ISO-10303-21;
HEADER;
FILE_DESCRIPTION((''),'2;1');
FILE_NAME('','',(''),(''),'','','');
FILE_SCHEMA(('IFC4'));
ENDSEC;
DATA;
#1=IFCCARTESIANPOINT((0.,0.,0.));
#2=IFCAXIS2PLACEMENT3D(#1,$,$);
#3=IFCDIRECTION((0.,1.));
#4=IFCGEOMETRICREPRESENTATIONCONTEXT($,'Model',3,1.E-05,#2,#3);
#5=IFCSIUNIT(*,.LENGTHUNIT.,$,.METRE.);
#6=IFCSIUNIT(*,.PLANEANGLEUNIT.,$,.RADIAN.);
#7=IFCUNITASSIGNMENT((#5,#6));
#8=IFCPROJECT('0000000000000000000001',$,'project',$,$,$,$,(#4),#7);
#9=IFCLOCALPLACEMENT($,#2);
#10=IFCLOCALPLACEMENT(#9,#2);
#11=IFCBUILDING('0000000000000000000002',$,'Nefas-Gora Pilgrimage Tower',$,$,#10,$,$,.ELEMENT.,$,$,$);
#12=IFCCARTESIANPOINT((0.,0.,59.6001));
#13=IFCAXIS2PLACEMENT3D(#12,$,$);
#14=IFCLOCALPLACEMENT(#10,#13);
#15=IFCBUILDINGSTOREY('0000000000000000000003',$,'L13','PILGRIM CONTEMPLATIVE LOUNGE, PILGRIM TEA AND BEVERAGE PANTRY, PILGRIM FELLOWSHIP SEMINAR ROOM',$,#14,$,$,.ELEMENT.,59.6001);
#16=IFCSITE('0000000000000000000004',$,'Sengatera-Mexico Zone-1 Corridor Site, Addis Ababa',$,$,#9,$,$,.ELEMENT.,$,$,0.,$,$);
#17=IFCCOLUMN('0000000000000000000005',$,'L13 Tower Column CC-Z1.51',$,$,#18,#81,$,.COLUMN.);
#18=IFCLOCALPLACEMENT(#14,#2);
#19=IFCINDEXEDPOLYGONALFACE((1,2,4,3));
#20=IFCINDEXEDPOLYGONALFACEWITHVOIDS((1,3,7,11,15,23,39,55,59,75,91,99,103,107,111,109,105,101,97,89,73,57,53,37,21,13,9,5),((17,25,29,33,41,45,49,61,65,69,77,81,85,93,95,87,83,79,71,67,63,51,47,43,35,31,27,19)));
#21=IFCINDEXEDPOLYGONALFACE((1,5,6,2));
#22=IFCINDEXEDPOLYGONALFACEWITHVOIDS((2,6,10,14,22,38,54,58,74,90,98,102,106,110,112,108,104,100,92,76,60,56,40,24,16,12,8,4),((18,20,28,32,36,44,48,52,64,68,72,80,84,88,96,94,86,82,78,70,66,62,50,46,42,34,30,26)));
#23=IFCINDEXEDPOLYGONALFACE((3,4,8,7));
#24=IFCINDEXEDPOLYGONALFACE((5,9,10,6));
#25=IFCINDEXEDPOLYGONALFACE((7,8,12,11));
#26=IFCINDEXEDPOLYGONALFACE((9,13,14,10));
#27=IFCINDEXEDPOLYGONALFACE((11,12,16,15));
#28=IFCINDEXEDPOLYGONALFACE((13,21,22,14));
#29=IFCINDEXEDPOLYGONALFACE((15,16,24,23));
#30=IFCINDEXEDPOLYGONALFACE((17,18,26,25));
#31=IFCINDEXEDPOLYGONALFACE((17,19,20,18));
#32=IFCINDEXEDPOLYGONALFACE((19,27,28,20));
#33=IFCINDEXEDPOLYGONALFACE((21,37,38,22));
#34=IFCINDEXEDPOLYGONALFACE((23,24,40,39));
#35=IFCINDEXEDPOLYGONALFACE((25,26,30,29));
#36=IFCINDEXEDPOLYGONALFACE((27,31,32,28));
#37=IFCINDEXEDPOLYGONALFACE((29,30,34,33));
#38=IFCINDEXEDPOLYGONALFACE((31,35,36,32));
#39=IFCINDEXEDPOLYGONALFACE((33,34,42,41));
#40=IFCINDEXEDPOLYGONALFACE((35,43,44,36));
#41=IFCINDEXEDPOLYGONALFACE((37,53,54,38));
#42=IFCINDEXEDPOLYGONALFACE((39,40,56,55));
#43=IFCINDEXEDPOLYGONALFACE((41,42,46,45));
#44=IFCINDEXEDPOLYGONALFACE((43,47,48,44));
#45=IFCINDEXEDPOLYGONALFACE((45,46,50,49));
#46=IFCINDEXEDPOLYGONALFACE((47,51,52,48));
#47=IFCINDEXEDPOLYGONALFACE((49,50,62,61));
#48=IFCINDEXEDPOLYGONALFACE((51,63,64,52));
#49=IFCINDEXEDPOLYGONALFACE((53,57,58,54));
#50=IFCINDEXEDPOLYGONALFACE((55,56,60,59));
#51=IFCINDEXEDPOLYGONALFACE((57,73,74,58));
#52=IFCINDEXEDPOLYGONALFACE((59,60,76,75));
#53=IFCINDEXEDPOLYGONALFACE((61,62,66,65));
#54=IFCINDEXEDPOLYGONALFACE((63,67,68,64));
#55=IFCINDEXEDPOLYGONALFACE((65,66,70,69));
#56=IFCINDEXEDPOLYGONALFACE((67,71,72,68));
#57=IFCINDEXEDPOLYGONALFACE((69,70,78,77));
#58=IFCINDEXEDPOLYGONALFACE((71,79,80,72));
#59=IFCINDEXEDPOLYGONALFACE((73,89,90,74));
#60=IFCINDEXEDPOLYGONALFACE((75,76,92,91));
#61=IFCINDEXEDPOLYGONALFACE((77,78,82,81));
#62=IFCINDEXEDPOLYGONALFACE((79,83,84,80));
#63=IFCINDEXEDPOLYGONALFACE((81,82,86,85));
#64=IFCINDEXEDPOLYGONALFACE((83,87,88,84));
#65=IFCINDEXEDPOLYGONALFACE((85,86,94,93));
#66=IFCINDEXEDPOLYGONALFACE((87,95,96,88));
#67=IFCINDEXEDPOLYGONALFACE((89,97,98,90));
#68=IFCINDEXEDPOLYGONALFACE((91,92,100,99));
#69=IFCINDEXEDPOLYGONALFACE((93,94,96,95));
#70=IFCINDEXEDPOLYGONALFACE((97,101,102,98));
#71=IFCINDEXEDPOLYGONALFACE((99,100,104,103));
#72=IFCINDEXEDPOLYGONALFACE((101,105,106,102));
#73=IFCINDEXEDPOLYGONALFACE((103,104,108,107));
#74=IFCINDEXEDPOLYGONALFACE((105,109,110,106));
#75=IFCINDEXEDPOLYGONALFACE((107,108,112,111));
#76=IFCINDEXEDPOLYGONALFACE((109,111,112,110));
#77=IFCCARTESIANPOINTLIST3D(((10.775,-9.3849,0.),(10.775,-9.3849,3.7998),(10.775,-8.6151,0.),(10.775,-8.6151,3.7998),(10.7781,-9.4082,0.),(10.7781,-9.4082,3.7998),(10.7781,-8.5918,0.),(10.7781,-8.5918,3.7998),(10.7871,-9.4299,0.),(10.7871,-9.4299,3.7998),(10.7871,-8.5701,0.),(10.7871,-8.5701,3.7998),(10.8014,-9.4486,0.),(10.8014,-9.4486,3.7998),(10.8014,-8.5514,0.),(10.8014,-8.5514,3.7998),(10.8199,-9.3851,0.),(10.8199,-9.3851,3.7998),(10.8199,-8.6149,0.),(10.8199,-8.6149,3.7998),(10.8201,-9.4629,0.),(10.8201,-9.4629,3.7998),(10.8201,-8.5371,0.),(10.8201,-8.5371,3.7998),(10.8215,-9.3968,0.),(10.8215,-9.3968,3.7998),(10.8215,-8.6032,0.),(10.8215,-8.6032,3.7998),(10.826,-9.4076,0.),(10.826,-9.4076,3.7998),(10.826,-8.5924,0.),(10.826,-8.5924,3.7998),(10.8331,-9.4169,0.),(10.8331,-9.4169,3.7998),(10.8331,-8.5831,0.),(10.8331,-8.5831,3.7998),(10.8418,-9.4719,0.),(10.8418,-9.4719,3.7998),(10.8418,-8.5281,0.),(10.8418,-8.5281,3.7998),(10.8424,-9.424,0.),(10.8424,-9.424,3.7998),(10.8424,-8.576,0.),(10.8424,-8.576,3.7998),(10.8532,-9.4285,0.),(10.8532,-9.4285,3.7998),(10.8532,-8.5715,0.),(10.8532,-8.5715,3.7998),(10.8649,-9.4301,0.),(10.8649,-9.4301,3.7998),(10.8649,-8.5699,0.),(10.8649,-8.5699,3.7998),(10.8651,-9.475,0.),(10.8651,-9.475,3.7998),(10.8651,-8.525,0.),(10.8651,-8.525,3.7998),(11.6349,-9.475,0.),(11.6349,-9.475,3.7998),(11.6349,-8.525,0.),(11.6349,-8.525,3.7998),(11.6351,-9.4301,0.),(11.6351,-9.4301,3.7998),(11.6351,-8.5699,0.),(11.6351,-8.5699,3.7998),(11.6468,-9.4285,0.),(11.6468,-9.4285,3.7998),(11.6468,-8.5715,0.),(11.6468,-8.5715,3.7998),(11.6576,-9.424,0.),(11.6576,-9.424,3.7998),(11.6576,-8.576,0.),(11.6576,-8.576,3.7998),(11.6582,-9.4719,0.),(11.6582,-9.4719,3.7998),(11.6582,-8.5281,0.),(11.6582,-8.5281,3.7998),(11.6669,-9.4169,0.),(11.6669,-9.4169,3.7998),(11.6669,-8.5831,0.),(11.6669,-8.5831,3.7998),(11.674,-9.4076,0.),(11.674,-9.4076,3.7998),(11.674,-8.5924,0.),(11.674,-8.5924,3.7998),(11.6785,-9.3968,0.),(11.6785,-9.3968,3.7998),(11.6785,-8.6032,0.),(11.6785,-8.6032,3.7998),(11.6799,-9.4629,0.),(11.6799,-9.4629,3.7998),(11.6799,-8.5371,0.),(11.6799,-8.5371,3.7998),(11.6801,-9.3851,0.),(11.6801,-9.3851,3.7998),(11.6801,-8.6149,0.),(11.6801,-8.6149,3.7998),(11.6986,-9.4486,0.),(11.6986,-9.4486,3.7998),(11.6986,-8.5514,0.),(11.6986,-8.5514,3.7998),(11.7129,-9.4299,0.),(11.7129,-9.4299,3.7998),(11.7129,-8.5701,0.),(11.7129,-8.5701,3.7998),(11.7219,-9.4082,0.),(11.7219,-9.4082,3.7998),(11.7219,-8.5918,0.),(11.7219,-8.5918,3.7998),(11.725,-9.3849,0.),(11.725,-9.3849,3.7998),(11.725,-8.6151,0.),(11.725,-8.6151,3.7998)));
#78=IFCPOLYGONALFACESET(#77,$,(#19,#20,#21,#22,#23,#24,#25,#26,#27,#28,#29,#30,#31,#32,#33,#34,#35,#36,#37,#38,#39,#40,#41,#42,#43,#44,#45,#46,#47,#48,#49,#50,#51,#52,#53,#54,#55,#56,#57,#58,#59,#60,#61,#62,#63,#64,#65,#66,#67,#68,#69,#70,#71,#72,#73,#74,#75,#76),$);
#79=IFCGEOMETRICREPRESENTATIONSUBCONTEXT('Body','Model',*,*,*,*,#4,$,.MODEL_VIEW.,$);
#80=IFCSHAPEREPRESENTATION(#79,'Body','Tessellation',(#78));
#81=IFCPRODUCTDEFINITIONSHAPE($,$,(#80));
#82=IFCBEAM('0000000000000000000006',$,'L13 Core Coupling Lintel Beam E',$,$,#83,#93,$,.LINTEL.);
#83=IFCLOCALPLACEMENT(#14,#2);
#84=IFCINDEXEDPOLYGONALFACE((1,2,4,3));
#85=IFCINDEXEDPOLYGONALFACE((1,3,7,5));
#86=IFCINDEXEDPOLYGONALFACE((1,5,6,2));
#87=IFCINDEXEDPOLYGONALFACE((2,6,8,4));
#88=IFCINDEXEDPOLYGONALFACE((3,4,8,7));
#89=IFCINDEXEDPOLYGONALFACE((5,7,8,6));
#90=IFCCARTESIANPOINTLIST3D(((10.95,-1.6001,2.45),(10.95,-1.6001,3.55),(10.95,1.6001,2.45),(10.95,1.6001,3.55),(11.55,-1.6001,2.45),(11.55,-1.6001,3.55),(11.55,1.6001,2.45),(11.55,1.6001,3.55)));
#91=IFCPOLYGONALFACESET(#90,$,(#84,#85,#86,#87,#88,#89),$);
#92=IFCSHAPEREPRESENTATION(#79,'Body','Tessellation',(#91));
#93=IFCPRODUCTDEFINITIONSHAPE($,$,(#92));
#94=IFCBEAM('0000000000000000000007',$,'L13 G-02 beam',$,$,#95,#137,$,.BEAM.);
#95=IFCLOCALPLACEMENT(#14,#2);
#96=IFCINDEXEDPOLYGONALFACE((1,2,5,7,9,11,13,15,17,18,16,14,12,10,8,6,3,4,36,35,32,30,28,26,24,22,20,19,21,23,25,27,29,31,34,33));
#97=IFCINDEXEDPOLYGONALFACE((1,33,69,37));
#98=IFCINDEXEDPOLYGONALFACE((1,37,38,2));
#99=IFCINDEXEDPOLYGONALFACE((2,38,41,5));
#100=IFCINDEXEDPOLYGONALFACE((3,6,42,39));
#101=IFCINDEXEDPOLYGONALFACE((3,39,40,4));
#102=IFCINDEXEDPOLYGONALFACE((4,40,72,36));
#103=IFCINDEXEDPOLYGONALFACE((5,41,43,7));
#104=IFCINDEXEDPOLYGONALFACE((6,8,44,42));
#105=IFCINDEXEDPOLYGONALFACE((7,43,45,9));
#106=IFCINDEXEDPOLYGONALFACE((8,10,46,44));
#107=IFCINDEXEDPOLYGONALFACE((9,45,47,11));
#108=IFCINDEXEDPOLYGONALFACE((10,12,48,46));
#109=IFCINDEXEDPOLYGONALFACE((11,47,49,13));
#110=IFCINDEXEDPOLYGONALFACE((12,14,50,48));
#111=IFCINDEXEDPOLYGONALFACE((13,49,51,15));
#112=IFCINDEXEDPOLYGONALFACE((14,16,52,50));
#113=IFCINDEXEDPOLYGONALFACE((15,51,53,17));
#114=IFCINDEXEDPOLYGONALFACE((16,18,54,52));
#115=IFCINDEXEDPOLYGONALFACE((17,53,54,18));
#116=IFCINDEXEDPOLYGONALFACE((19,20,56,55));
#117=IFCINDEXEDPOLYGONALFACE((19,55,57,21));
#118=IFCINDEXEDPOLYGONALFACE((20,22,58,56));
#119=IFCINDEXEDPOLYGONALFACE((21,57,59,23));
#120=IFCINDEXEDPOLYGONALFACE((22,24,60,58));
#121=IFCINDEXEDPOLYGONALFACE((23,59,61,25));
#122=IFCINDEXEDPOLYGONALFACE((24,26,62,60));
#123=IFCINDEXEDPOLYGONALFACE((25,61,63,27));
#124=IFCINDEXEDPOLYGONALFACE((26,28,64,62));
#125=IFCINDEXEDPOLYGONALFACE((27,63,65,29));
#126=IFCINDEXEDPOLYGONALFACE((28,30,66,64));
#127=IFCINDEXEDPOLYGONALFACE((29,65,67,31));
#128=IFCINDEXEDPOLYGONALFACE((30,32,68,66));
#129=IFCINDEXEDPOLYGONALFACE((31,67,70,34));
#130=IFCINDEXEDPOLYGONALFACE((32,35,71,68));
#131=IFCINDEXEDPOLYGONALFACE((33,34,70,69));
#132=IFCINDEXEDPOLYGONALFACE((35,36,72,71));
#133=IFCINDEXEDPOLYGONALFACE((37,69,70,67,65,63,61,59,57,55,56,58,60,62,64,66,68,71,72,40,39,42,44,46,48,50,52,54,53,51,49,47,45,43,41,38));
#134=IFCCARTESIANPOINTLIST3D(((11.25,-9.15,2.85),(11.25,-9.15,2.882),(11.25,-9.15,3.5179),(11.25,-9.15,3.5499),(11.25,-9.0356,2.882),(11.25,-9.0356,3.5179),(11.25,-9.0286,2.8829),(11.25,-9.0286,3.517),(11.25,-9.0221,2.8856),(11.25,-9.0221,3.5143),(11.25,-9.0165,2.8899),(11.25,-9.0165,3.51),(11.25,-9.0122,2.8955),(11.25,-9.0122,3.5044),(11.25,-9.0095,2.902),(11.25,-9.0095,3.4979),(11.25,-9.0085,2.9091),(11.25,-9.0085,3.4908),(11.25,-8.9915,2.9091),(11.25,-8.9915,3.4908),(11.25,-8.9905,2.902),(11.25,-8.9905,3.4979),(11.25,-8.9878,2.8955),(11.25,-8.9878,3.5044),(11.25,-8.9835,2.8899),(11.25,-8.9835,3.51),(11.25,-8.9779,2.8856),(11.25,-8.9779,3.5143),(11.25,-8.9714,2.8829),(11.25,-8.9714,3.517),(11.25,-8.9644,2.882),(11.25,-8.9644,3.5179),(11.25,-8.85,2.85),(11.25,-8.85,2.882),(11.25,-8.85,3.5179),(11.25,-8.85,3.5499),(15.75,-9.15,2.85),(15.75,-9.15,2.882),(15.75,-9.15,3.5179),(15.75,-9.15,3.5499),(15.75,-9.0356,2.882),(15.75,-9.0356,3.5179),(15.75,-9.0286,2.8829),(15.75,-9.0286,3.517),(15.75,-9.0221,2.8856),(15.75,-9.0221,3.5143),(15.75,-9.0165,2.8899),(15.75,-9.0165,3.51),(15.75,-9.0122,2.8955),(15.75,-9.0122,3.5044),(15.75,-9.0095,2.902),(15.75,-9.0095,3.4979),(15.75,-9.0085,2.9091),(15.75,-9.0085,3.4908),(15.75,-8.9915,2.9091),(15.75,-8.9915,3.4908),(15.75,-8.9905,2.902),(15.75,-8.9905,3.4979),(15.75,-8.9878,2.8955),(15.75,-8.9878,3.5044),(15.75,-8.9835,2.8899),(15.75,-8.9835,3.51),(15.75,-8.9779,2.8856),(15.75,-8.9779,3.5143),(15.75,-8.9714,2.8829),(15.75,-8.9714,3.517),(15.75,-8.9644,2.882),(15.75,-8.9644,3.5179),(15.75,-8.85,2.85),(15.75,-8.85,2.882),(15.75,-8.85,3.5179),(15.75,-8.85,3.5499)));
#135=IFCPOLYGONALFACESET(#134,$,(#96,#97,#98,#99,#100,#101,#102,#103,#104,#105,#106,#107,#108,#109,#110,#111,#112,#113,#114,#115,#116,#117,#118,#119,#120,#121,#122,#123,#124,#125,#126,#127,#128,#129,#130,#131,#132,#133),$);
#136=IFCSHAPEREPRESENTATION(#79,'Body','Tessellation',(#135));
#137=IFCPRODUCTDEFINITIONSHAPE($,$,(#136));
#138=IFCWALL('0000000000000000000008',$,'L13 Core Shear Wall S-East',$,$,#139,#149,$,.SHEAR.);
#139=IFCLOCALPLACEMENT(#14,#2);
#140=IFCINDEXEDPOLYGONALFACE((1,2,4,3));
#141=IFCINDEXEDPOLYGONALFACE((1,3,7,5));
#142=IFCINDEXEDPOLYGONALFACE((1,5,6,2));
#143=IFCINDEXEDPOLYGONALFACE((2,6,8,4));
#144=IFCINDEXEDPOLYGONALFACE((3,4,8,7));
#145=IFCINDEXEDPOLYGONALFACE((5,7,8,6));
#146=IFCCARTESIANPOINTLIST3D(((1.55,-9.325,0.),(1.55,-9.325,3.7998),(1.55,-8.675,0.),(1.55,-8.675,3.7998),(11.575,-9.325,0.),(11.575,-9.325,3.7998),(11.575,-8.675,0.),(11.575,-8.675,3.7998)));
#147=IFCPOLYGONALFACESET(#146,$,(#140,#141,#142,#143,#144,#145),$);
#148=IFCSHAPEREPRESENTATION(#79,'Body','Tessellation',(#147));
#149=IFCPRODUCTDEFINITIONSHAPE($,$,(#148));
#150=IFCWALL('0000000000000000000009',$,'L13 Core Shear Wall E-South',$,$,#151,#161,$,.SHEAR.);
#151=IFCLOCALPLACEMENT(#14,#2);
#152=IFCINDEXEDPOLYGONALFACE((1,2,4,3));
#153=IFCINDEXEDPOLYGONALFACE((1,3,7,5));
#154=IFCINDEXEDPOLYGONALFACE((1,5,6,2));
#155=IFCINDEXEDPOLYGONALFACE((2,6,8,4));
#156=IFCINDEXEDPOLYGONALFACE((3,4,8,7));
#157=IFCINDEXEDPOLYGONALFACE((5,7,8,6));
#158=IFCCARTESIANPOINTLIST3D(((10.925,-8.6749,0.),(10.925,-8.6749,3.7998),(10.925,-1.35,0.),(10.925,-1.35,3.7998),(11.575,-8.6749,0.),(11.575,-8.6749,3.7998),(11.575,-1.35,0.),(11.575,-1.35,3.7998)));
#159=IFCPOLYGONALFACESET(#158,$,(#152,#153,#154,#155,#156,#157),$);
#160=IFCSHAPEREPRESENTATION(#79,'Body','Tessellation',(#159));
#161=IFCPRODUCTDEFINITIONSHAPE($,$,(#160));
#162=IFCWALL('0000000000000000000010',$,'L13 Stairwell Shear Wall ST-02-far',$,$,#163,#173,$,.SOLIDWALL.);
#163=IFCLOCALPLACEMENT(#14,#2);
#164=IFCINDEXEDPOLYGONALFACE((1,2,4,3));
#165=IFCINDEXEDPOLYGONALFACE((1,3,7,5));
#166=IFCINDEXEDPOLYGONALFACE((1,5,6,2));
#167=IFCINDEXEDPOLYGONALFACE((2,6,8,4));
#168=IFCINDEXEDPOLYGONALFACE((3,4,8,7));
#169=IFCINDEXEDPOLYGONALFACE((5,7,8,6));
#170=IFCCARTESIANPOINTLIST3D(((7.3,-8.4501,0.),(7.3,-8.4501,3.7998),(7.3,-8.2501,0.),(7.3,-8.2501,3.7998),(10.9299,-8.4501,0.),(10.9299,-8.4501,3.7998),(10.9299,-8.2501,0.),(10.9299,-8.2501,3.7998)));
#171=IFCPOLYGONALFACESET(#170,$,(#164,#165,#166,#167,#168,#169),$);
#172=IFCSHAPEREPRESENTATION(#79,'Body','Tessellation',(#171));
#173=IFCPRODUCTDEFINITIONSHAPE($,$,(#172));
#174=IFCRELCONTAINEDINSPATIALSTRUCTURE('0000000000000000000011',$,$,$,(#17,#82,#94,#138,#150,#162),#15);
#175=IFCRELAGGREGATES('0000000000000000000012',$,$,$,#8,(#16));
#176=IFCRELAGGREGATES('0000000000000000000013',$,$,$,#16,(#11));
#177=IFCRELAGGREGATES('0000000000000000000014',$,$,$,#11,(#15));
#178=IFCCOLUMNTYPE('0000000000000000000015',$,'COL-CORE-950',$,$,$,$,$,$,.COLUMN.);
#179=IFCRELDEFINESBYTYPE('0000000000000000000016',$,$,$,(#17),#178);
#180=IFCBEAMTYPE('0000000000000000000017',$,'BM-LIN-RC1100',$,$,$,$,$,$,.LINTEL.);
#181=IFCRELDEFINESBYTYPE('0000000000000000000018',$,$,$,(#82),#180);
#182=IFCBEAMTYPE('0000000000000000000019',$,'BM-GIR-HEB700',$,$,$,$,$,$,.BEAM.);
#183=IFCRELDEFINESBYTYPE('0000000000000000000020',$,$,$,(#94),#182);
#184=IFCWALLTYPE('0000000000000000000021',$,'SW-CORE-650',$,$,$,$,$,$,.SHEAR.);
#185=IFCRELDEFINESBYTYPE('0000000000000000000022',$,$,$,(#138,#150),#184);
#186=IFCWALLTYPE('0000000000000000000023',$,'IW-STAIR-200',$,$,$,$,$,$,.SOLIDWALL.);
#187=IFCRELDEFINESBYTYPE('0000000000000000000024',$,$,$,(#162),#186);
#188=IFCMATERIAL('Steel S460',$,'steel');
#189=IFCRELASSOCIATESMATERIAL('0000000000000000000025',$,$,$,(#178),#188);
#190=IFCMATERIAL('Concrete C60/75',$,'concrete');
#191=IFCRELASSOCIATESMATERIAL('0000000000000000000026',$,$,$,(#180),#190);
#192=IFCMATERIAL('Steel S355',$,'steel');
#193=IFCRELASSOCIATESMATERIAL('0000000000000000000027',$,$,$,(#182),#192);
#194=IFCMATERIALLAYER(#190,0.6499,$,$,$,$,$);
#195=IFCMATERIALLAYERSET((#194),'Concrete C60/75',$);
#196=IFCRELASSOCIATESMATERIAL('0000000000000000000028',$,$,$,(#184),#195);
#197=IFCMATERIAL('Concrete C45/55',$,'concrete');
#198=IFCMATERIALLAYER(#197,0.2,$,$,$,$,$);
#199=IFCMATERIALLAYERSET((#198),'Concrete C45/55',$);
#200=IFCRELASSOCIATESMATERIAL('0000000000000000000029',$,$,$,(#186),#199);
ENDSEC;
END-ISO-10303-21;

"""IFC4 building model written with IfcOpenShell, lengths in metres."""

from ifc_helpers import new_model, si_unit, direction, frame, frame_2d, origin, origin_2d, place, context, subcontext, project, spatial, rectangle, hollow_rectangle, i_section, extrude, source, transform, mapped, material, layer, layer_set, material_profile, profile_set, type_object, element, save


model = new_model("IFC4")

# Units and contexts
model_context = context("Model", 3, precision=1e-05, world=origin(), true_north=direction((0.0, 1.0)))
body_context = subcontext(model_context, "Body", "Model", "MODEL_VIEW")
ifc_project = project(units=[si_unit("LENGTHUNIT", "METRE"), si_unit("PLANEANGLEUNIT", "RADIAN")], contexts=[model_context])

# Site, building, storey
site_placement = place(None, origin())
site = spatial("IfcSite", under=ifc_project, at=site_placement, Name="Sengatera-Mexico Zone-1 Corridor Site, Addis Ababa", CompositionType="ELEMENT", RefElevation=0.0)
building_placement = place(site_placement, origin())
building = spatial("IfcBuilding", under=site, at=building_placement, Name="Nefas-Gora Pilgrimage Tower", CompositionType="ELEMENT")
storey_placement = place(building_placement, frame((0.0, 0.0, 59.6001)))
storey = spatial("IfcBuildingStorey", under=building, at=storey_placement, Name="L13", Description="PILGRIM CONTEMPLATIVE LOUNGE, PILGRIM TEA AND BEVERAGE PANTRY, PILGRIM FELLOWSHIP SEMINAR ROOM", CompositionType="ELEMENT", Elevation=59.6001)

# Column
ifc_material_1 = material(Name="Steel S460", Category="steel")
ifc_material_profile_1 = material_profile(ifc_material_1, hollow_rectangle(XDim=0.95, YDim=0.95, WallThickness=0.0449, InnerFilletRadius=0.0449, OuterFilletRadius=0.0901, at=origin_2d()), Name="BOX 950x950x45")
ifc_profile_set_1 = profile_set([ifc_material_profile_1], Name="Steel S460")
column_type = type_object("IfcColumnType", Name="COL-CORE-950", PredefinedType="COLUMN", material=ifc_profile_set_1)
shared_shape_1 = source(origin(), body_context, "Body", "SweptSolid", [
    extrude(hollow_rectangle(XDim=0.95, YDim=0.95, WallThickness=0.0449, InnerFilletRadius=0.0449, OuterFilletRadius=0.0901, at=origin_2d()), origin(), (0.0, 0.0, 1.0), 3.7998),
])
column_placement = place(storey_placement, frame((11.25, -9.0, 0.0), z_axis=(0.0, 0.0, 1.0), x_axis=(1.0, 0.0, 0.0)))
element("IfcColumn", 1, at=column_placement, inside=storey, type_object=column_type, Name="L13 Tower Column CC-Z1.51", PredefinedType="COLUMN", context=body_context, shape_type="MappedRepresentation", body=[
    mapped(shared_shape_1, transform((0.0, 0.0, 0.0), x_axis=(1.0, 0.0, 0.0), y_axis=(0.0, 1.0, 0.0), z_axis=(0.0, 0.0, 1.0), scale=1.0)),
])

# Beams
ifc_material_2 = material(Name="Concrete C60/75", Category="concrete")
ifc_material_profile_2 = material_profile(ifc_material_2, rectangle(XDim=0.6001, YDim=1.1001, at=origin_2d()), Name="RC 600x1100")
ifc_profile_set_2 = profile_set([ifc_material_profile_2], Name="Concrete C60/75")
beam_type_1 = type_object("IfcBeamType", Name="BM-LIN-RC1100", PredefinedType="LINTEL", material=ifc_profile_set_2)
shared_shape_2 = source(origin(), body_context, "Body", "SweptSolid", [
    extrude(rectangle(XDim=0.6001, YDim=1.1001, at=origin_2d()), origin(), (0.0, 0.0, 1.0), 3.2002),
])
beam_1_placement = place(storey_placement, frame((11.25, -1.6001, 3.0), z_axis=(0.0, 1.0, 0.0), x_axis=(-1.0, 0.0, 0.0)))
element("IfcBeam", 2, at=beam_1_placement, inside=storey, type_object=beam_type_1, Name="L13 Core Coupling Lintel Beam E", PredefinedType="LINTEL", context=body_context, shape_type="MappedRepresentation", body=[
    mapped(shared_shape_2, transform((0.0, 0.0, 0.0), x_axis=(1.0, 0.0, 0.0), y_axis=(0.0, 1.0, 0.0), z_axis=(0.0, 0.0, 1.0), scale=1.0)),
])
ifc_material_3 = material(Name="Steel S355", Category="steel")
ifc_material_profile_3 = material_profile(ifc_material_3, i_section(OverallWidth=0.3, OverallDepth=0.7, WebThickness=0.0171, FlangeThickness=0.032, FilletRadius=0.0271, at=origin_2d()), Name="HEB 700")
ifc_profile_set_3 = profile_set([ifc_material_profile_3], Name="Steel S355")
beam_type_2 = type_object("IfcBeamType", Name="BM-GIR-HEB700", PredefinedType="BEAM", material=ifc_profile_set_3)
shared_shape_3 = source(origin(), body_context, "Body", "SweptSolid", [
    extrude(i_section(OverallWidth=0.3, OverallDepth=0.7, WebThickness=0.0171, FlangeThickness=0.032, FilletRadius=0.0271, at=origin_2d()), origin(), (0.0, 0.0, 1.0), 4.5),
])
beam_2_placement = place(storey_placement, frame((11.25, -9.0, 3.2), z_axis=(1.0, 0.0, 0.0), x_axis=(0.0, 1.0, 0.0)))
element("IfcBeam", 3, at=beam_2_placement, inside=storey, type_object=beam_type_2, Name="L13 G-02 beam", PredefinedType="BEAM", context=body_context, shape_type="MappedRepresentation", body=[
    mapped(shared_shape_3, transform((0.0, 0.0, 0.0), x_axis=(1.0, 0.0, 0.0), y_axis=(0.0, 1.0, 0.0), z_axis=(0.0, 0.0, 1.0), scale=1.0)),
])

# Walls
ifc_layer_1 = layer(ifc_material_2, 0.6499)
ifc_layer_set_1 = layer_set([ifc_layer_1], Name="Concrete C60/75")
wall_type_1 = type_object("IfcWallType", Name="SW-CORE-650", PredefinedType="SHEAR", material=ifc_layer_set_1)
shared_shape_4 = source(origin(), body_context, "Body", "SweptSolid", [
    extrude(rectangle(XDim=10.0249, YDim=0.6499, at=frame_2d((5.0125, 0.0))), origin(), (0.0, 0.0, 1.0), 3.7998),
])
wall_1_placement = place(storey_placement, frame((1.55, -9.0, 0.0), z_axis=(0.0, 0.0, 1.0), x_axis=(1.0, 0.0, 0.0)))
element("IfcWall", 4, at=wall_1_placement, inside=storey, type_object=wall_type_1, Name="L13 Core Shear Wall S-East", PredefinedType="SHEAR", context=body_context, shape_type="MappedRepresentation", body=[
    mapped(shared_shape_4, transform((0.0, 0.0, 0.0), x_axis=(1.0, 0.0, 0.0), y_axis=(0.0, 1.0, 0.0), z_axis=(0.0, 0.0, 1.0), scale=1.0)),
])
shared_shape_5 = source(origin(), body_context, "Body", "SweptSolid", [
    extrude(rectangle(XDim=7.325, YDim=0.6499, at=frame_2d((3.6626, 0.0))), origin(), (0.0, 0.0, 1.0), 3.7998),
])
wall_2_placement = place(storey_placement, frame((11.25, -8.675, 0.0), z_axis=(0.0, 0.0, 1.0), x_axis=(0.0, 1.0, 0.0)))
element("IfcWall", 5, at=wall_2_placement, inside=storey, type_object=wall_type_1, Name="L13 Core Shear Wall E-South", PredefinedType="SHEAR", context=body_context, shape_type="MappedRepresentation", body=[
    mapped(shared_shape_5, transform((0.0, 0.0, 0.0), x_axis=(1.0, 0.0, 0.0), y_axis=(0.0, 1.0, 0.0), z_axis=(0.0, 0.0, 1.0), scale=1.0)),
])
ifc_material_4 = material(Name="Concrete C45/55", Category="concrete")
ifc_layer_2 = layer(ifc_material_4, 0.2)
ifc_layer_set_2 = layer_set([ifc_layer_2], Name="Concrete C45/55")
wall_type_2 = type_object("IfcWallType", Name="IW-STAIR-200", PredefinedType="SOLIDWALL", material=ifc_layer_set_2)
shared_shape_6 = source(origin(), body_context, "Body", "SweptSolid", [
    extrude(rectangle(XDim=3.6299, YDim=0.2, at=frame_2d((1.8149, 0.0))), origin(), (0.0, 0.0, 1.0), 3.7998),
])
wall_3_placement = place(storey_placement, frame((7.3, -8.3501, 0.0), z_axis=(0.0, 0.0, 1.0), x_axis=(1.0, 0.0, 0.0)))
element("IfcWall", 6, at=wall_3_placement, inside=storey, type_object=wall_type_2, Name="L13 Stairwell Shear Wall ST-02-far", PredefinedType="SOLIDWALL", context=body_context, shape_type="MappedRepresentation", body=[
    mapped(shared_shape_6, transform((0.0, 0.0, 0.0), x_axis=(1.0, 0.0, 0.0), y_axis=(0.0, 1.0, 0.0), z_axis=(0.0, 0.0, 1.0), scale=1.0)),
])

save(model, "model.ifc")
